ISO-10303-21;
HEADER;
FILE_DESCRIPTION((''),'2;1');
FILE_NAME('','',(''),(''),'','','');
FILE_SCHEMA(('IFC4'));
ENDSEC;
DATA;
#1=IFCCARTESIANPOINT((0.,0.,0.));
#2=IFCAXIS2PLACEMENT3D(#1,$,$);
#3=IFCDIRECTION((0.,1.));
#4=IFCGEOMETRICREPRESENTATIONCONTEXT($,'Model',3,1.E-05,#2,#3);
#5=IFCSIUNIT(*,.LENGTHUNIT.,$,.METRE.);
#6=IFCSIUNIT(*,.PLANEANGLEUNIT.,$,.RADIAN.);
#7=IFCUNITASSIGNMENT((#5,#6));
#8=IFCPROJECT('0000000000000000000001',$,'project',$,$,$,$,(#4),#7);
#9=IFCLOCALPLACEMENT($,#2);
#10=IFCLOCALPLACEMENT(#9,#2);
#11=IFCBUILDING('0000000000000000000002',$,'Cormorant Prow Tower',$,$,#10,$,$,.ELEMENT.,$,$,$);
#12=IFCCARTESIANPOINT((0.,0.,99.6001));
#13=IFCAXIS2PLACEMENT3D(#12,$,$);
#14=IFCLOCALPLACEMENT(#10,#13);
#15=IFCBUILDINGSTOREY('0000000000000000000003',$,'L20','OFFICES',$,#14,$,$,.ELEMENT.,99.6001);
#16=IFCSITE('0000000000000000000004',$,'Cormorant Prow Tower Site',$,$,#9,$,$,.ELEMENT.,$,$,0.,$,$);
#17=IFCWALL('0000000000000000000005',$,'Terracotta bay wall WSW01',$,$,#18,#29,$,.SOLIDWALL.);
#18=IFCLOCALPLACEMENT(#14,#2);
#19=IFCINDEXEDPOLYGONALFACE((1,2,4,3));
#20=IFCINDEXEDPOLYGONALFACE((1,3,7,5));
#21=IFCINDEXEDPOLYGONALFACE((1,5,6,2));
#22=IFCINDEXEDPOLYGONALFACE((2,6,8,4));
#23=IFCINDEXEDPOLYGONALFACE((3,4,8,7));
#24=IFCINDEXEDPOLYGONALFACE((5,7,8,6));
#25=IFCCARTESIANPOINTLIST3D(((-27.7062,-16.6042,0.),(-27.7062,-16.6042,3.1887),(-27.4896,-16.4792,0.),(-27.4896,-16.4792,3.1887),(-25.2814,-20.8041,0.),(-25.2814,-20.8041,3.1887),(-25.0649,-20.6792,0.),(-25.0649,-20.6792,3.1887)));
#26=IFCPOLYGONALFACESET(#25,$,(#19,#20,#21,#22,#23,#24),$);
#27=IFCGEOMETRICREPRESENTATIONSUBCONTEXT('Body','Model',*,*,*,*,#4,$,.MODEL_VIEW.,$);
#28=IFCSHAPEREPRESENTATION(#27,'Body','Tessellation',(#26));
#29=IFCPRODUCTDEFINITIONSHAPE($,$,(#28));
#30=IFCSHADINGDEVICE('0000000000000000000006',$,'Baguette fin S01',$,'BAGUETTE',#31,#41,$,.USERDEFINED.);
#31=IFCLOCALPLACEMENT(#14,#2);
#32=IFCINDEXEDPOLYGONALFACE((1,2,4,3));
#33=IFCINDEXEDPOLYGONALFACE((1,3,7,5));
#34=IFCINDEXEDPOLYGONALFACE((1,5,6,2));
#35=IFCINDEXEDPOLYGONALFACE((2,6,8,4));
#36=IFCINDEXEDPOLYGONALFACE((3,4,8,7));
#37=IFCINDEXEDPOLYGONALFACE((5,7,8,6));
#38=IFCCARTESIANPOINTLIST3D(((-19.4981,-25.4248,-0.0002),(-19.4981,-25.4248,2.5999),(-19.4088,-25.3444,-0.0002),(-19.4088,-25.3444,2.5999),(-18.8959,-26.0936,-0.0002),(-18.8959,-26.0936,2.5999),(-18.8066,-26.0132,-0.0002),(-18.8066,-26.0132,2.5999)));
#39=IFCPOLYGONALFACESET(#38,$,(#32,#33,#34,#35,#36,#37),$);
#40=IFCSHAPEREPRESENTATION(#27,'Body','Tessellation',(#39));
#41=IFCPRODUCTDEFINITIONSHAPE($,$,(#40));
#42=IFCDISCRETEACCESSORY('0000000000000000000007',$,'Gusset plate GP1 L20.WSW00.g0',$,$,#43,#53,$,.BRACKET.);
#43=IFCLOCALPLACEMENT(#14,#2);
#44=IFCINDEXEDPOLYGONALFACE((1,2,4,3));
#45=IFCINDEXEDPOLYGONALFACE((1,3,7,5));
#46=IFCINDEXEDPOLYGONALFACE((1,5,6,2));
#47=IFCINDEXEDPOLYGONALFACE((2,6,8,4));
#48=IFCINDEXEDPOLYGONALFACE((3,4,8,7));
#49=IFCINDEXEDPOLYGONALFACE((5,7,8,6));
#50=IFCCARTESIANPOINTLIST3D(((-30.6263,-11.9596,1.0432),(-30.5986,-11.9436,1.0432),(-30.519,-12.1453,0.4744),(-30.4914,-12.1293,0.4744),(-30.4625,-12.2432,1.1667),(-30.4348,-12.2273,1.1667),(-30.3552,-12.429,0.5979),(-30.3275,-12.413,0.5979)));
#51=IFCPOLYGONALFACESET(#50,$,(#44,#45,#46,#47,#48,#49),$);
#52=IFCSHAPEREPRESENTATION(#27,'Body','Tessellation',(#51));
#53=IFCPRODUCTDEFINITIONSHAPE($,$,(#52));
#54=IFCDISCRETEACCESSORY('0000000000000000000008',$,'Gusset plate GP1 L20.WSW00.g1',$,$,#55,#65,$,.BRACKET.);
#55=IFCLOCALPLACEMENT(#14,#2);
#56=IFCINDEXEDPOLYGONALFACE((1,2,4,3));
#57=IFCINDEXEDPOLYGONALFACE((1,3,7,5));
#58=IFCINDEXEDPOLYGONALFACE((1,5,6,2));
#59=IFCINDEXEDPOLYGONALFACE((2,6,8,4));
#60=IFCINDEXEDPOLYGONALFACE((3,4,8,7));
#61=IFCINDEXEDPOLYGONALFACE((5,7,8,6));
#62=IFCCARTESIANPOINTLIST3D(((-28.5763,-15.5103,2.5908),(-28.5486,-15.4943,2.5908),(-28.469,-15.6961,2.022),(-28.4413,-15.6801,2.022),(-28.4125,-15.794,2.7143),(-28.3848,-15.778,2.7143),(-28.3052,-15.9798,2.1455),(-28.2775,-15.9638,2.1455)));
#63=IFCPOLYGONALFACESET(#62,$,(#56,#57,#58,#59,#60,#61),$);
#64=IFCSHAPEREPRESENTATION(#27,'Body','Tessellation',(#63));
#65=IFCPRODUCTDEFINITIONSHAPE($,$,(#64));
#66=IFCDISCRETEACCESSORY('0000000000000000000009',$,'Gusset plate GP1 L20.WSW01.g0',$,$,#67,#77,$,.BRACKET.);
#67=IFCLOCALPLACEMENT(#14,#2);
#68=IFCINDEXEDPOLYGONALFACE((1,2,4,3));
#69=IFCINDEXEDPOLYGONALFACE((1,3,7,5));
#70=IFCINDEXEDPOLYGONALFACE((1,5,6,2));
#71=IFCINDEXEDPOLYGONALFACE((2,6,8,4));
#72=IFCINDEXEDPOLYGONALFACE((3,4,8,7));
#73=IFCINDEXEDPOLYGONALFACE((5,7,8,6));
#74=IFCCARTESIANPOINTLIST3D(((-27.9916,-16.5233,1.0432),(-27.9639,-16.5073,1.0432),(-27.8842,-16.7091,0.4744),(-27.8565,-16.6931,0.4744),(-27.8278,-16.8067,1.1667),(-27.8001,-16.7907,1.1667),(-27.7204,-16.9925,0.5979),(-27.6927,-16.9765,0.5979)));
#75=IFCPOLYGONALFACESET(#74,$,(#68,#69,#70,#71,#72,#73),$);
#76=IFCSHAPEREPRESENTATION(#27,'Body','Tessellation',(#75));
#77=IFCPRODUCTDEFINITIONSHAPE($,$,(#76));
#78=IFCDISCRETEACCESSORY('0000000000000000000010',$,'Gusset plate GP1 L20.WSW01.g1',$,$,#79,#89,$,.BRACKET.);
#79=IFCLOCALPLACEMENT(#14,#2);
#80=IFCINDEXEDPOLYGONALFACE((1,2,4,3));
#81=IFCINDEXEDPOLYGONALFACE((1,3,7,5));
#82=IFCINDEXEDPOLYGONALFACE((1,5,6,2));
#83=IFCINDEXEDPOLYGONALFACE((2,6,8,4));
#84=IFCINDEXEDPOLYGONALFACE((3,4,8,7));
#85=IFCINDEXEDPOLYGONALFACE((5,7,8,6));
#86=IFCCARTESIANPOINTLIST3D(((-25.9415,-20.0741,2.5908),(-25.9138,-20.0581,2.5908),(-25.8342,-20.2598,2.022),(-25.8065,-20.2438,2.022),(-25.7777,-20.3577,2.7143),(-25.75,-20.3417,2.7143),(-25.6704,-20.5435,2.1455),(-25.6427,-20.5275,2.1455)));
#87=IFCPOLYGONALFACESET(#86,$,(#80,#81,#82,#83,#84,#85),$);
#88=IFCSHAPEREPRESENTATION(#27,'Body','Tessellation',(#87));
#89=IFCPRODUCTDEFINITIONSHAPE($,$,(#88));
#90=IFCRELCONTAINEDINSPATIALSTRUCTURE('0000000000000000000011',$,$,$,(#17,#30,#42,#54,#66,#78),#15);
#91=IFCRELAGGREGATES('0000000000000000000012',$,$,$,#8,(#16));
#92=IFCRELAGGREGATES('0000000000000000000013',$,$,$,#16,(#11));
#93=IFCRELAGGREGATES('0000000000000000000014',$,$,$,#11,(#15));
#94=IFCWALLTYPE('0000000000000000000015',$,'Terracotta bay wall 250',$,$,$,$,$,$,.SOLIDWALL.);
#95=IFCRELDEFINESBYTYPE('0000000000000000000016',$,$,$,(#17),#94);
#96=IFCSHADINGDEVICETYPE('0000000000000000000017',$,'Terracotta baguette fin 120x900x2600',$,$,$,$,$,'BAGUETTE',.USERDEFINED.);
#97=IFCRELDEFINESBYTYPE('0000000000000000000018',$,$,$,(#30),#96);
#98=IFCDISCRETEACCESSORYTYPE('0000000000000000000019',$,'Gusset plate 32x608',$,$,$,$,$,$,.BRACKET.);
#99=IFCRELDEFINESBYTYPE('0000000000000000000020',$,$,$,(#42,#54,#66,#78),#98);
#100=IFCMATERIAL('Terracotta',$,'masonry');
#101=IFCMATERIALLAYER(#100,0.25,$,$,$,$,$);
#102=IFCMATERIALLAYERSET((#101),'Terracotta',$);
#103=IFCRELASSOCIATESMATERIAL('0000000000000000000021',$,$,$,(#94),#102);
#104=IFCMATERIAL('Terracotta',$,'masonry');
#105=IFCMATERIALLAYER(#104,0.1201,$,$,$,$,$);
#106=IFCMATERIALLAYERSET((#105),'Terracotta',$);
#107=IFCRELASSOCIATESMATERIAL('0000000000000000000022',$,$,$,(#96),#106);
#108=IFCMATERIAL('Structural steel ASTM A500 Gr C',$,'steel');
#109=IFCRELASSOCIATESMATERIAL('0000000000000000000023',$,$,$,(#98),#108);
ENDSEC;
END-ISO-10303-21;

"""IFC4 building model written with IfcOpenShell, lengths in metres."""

from ifc_helpers import new_model, si_unit, direction, frame, frame_2d, origin, origin_2d, place, context, subcontext, project, spatial, rectangle, extrude, material, layer, layer_set, material_profile, profile_set, type_object, element, save


model = new_model("IFC4")

# Units and contexts
model_context = context("Model", 3, precision=1e-05, world=origin(), true_north=direction((0.0, 1.0)))
body_context = subcontext(model_context, "Body", "Model", "MODEL_VIEW")
ifc_project = project(units=[si_unit("LENGTHUNIT", "METRE"), si_unit("PLANEANGLEUNIT", "RADIAN")], contexts=[model_context])

# Site, building, storey
site_placement = place(None, origin())
site = spatial("IfcSite", under=ifc_project, at=site_placement, Name="Cormorant Prow Tower Site", CompositionType="ELEMENT", RefElevation=0.0)
building_placement = place(site_placement, origin())
building = spatial("IfcBuilding", under=site, at=building_placement, Name="Cormorant Prow Tower", CompositionType="ELEMENT")
storey_placement = place(building_placement, frame((0.0, 0.0, 99.6001)))
storey = spatial("IfcBuildingStorey", under=building, at=storey_placement, Name="L20", Description="OFFICES", CompositionType="ELEMENT", Elevation=99.6001)

# Wall
ifc_material_1 = material(Name="Terracotta", Category="masonry")
ifc_layer_1 = layer(ifc_material_1, 0.25)
ifc_layer_set_1 = layer_set([ifc_layer_1], Name="Terracotta")
wall_type_1 = type_object("IfcWallType", Name="Terracotta bay wall 250", PredefinedType="SOLIDWALL", material=ifc_layer_set_1)
wall_1_placement = place(storey_placement, frame((-27.5979, -16.5417, 0.0), z_axis=(0.0, 0.0, 1.0), x_axis=(0.499994, -0.866029, 0.0)))
element("IfcWall", 1, at=wall_1_placement, inside=storey, type_object=wall_type_1, Name="Terracotta bay wall WSW01", PredefinedType="SOLIDWALL", context=body_context, shape_type="SweptSolid", body=[
    extrude(rectangle(XDim=4.8496, YDim=0.25, at=frame_2d((2.4248, 0.0))), origin(), (0.0, 0.0, 1.0), 3.1887),
])

# Shading device
ifc_material_2 = material(Name="Terracotta", Category="masonry")
ifc_layer_2 = layer(ifc_material_2, 0.1201)
ifc_layer_set_2 = layer_set([ifc_layer_2], Name="Terracotta")
shading_device_type = type_object("IfcShadingDeviceType", Name="Terracotta baguette fin 120x900x2600", ElementType="BAGUETTE", PredefinedType="USERDEFINED", material=ifc_layer_set_2)
shading_device_placement = place(storey_placement, frame((-19.1523, -25.719, -0.0002), z_axis=(0.0, 0.0, 1.0), x_axis=(0.743145, 0.669131, 0.0)))
element("IfcShadingDevice", 2, at=shading_device_placement, inside=storey, type_object=shading_device_type, Name="Baguette fin S01", ObjectType="BAGUETTE", PredefinedType="USERDEFINED", context=body_context, shape_type="SweptSolid", body=[
    extrude(rectangle(XDim=0.1201, YDim=0.8999, at=origin_2d()), origin(), (0.0, 0.0, 1.0), 2.6001),
])

# Discrete accessories
ifc_material_3 = material(Name="Structural steel ASTM A500 Gr C", Category="steel")
ifc_material_profile_1 = material_profile(ifc_material_3, rectangle(XDim=0.032, YDim=0.6079, at=origin_2d()), Name="Gusset plate 32x608")
ifc_profile_set_1 = profile_set([ifc_material_profile_1], Name="Structural steel ASTM A500 Gr C")
discrete_accessory_type = type_object("IfcDiscreteAccessoryType", Name="Gusset plate 32x608", PredefinedType="BRACKET", material=ifc_profile_set_1)
for number, where, z_axis, x_axis, name in (
    (3, (-30.395, -12.3281, 0.8823), (-0.467903, 0.810288, -0.352845), (-0.865987, -0.500067, 0.0), "Gusset plate GP1 L20.WSW00.g0"),
    (4, (-28.5088, -15.5952, 2.3064), (0.467903, -0.810288, 0.352845), (0.865987, 0.500067, 0.0), "Gusset plate GP1 L20.WSW00.g1"),
):
    element("IfcDiscreteAccessory", number, at=place(storey_placement, frame(where, z_axis=z_axis, x_axis=x_axis)), inside=storey, type_object=discrete_accessory_type, Name=name, PredefinedType="BRACKET", context=body_context, shape_type="SweptSolid", body=[
        extrude(rectangle(XDim=0.032, YDim=0.6079, at=origin_2d()), origin(), (0.0, 0.0, 1.0), 0.3501),
    ])
discrete_accessory_1_placement = place(storey_placement, frame((-27.7603, -16.8916, 0.8823), z_axis=(-0.468168, 0.810049, -0.353044), x_axis=(-0.8658, -0.500389, 0.0)))
element("IfcDiscreteAccessory", 5, at=discrete_accessory_1_placement, inside=storey, type_object=discrete_accessory_type, Name="Gusset plate GP1 L20.WSW01.g0", PredefinedType="BRACKET", context=body_context, shape_type="SweptSolid", body=[
    extrude(rectangle(XDim=0.032, YDim=0.6079, at=origin_2d()), origin(), (0.0, 0.0, 1.0), 0.3499),
])
discrete_accessory_2_placement = place(storey_placement, frame((-25.874, -20.1589, 2.3064), z_axis=(0.467903, -0.810288, 0.352845), x_axis=(0.865987, 0.500067, 0.0)))
element("IfcDiscreteAccessory", 6, at=discrete_accessory_2_placement, inside=storey, type_object=discrete_accessory_type, Name="Gusset plate GP1 L20.WSW01.g1", PredefinedType="BRACKET", context=body_context, shape_type="SweptSolid", body=[
    extrude(rectangle(XDim=0.032, YDim=0.6079, at=origin_2d()), origin(), (0.0, 0.0, 1.0), 0.3501),
])

save(model, "model.ifc")
